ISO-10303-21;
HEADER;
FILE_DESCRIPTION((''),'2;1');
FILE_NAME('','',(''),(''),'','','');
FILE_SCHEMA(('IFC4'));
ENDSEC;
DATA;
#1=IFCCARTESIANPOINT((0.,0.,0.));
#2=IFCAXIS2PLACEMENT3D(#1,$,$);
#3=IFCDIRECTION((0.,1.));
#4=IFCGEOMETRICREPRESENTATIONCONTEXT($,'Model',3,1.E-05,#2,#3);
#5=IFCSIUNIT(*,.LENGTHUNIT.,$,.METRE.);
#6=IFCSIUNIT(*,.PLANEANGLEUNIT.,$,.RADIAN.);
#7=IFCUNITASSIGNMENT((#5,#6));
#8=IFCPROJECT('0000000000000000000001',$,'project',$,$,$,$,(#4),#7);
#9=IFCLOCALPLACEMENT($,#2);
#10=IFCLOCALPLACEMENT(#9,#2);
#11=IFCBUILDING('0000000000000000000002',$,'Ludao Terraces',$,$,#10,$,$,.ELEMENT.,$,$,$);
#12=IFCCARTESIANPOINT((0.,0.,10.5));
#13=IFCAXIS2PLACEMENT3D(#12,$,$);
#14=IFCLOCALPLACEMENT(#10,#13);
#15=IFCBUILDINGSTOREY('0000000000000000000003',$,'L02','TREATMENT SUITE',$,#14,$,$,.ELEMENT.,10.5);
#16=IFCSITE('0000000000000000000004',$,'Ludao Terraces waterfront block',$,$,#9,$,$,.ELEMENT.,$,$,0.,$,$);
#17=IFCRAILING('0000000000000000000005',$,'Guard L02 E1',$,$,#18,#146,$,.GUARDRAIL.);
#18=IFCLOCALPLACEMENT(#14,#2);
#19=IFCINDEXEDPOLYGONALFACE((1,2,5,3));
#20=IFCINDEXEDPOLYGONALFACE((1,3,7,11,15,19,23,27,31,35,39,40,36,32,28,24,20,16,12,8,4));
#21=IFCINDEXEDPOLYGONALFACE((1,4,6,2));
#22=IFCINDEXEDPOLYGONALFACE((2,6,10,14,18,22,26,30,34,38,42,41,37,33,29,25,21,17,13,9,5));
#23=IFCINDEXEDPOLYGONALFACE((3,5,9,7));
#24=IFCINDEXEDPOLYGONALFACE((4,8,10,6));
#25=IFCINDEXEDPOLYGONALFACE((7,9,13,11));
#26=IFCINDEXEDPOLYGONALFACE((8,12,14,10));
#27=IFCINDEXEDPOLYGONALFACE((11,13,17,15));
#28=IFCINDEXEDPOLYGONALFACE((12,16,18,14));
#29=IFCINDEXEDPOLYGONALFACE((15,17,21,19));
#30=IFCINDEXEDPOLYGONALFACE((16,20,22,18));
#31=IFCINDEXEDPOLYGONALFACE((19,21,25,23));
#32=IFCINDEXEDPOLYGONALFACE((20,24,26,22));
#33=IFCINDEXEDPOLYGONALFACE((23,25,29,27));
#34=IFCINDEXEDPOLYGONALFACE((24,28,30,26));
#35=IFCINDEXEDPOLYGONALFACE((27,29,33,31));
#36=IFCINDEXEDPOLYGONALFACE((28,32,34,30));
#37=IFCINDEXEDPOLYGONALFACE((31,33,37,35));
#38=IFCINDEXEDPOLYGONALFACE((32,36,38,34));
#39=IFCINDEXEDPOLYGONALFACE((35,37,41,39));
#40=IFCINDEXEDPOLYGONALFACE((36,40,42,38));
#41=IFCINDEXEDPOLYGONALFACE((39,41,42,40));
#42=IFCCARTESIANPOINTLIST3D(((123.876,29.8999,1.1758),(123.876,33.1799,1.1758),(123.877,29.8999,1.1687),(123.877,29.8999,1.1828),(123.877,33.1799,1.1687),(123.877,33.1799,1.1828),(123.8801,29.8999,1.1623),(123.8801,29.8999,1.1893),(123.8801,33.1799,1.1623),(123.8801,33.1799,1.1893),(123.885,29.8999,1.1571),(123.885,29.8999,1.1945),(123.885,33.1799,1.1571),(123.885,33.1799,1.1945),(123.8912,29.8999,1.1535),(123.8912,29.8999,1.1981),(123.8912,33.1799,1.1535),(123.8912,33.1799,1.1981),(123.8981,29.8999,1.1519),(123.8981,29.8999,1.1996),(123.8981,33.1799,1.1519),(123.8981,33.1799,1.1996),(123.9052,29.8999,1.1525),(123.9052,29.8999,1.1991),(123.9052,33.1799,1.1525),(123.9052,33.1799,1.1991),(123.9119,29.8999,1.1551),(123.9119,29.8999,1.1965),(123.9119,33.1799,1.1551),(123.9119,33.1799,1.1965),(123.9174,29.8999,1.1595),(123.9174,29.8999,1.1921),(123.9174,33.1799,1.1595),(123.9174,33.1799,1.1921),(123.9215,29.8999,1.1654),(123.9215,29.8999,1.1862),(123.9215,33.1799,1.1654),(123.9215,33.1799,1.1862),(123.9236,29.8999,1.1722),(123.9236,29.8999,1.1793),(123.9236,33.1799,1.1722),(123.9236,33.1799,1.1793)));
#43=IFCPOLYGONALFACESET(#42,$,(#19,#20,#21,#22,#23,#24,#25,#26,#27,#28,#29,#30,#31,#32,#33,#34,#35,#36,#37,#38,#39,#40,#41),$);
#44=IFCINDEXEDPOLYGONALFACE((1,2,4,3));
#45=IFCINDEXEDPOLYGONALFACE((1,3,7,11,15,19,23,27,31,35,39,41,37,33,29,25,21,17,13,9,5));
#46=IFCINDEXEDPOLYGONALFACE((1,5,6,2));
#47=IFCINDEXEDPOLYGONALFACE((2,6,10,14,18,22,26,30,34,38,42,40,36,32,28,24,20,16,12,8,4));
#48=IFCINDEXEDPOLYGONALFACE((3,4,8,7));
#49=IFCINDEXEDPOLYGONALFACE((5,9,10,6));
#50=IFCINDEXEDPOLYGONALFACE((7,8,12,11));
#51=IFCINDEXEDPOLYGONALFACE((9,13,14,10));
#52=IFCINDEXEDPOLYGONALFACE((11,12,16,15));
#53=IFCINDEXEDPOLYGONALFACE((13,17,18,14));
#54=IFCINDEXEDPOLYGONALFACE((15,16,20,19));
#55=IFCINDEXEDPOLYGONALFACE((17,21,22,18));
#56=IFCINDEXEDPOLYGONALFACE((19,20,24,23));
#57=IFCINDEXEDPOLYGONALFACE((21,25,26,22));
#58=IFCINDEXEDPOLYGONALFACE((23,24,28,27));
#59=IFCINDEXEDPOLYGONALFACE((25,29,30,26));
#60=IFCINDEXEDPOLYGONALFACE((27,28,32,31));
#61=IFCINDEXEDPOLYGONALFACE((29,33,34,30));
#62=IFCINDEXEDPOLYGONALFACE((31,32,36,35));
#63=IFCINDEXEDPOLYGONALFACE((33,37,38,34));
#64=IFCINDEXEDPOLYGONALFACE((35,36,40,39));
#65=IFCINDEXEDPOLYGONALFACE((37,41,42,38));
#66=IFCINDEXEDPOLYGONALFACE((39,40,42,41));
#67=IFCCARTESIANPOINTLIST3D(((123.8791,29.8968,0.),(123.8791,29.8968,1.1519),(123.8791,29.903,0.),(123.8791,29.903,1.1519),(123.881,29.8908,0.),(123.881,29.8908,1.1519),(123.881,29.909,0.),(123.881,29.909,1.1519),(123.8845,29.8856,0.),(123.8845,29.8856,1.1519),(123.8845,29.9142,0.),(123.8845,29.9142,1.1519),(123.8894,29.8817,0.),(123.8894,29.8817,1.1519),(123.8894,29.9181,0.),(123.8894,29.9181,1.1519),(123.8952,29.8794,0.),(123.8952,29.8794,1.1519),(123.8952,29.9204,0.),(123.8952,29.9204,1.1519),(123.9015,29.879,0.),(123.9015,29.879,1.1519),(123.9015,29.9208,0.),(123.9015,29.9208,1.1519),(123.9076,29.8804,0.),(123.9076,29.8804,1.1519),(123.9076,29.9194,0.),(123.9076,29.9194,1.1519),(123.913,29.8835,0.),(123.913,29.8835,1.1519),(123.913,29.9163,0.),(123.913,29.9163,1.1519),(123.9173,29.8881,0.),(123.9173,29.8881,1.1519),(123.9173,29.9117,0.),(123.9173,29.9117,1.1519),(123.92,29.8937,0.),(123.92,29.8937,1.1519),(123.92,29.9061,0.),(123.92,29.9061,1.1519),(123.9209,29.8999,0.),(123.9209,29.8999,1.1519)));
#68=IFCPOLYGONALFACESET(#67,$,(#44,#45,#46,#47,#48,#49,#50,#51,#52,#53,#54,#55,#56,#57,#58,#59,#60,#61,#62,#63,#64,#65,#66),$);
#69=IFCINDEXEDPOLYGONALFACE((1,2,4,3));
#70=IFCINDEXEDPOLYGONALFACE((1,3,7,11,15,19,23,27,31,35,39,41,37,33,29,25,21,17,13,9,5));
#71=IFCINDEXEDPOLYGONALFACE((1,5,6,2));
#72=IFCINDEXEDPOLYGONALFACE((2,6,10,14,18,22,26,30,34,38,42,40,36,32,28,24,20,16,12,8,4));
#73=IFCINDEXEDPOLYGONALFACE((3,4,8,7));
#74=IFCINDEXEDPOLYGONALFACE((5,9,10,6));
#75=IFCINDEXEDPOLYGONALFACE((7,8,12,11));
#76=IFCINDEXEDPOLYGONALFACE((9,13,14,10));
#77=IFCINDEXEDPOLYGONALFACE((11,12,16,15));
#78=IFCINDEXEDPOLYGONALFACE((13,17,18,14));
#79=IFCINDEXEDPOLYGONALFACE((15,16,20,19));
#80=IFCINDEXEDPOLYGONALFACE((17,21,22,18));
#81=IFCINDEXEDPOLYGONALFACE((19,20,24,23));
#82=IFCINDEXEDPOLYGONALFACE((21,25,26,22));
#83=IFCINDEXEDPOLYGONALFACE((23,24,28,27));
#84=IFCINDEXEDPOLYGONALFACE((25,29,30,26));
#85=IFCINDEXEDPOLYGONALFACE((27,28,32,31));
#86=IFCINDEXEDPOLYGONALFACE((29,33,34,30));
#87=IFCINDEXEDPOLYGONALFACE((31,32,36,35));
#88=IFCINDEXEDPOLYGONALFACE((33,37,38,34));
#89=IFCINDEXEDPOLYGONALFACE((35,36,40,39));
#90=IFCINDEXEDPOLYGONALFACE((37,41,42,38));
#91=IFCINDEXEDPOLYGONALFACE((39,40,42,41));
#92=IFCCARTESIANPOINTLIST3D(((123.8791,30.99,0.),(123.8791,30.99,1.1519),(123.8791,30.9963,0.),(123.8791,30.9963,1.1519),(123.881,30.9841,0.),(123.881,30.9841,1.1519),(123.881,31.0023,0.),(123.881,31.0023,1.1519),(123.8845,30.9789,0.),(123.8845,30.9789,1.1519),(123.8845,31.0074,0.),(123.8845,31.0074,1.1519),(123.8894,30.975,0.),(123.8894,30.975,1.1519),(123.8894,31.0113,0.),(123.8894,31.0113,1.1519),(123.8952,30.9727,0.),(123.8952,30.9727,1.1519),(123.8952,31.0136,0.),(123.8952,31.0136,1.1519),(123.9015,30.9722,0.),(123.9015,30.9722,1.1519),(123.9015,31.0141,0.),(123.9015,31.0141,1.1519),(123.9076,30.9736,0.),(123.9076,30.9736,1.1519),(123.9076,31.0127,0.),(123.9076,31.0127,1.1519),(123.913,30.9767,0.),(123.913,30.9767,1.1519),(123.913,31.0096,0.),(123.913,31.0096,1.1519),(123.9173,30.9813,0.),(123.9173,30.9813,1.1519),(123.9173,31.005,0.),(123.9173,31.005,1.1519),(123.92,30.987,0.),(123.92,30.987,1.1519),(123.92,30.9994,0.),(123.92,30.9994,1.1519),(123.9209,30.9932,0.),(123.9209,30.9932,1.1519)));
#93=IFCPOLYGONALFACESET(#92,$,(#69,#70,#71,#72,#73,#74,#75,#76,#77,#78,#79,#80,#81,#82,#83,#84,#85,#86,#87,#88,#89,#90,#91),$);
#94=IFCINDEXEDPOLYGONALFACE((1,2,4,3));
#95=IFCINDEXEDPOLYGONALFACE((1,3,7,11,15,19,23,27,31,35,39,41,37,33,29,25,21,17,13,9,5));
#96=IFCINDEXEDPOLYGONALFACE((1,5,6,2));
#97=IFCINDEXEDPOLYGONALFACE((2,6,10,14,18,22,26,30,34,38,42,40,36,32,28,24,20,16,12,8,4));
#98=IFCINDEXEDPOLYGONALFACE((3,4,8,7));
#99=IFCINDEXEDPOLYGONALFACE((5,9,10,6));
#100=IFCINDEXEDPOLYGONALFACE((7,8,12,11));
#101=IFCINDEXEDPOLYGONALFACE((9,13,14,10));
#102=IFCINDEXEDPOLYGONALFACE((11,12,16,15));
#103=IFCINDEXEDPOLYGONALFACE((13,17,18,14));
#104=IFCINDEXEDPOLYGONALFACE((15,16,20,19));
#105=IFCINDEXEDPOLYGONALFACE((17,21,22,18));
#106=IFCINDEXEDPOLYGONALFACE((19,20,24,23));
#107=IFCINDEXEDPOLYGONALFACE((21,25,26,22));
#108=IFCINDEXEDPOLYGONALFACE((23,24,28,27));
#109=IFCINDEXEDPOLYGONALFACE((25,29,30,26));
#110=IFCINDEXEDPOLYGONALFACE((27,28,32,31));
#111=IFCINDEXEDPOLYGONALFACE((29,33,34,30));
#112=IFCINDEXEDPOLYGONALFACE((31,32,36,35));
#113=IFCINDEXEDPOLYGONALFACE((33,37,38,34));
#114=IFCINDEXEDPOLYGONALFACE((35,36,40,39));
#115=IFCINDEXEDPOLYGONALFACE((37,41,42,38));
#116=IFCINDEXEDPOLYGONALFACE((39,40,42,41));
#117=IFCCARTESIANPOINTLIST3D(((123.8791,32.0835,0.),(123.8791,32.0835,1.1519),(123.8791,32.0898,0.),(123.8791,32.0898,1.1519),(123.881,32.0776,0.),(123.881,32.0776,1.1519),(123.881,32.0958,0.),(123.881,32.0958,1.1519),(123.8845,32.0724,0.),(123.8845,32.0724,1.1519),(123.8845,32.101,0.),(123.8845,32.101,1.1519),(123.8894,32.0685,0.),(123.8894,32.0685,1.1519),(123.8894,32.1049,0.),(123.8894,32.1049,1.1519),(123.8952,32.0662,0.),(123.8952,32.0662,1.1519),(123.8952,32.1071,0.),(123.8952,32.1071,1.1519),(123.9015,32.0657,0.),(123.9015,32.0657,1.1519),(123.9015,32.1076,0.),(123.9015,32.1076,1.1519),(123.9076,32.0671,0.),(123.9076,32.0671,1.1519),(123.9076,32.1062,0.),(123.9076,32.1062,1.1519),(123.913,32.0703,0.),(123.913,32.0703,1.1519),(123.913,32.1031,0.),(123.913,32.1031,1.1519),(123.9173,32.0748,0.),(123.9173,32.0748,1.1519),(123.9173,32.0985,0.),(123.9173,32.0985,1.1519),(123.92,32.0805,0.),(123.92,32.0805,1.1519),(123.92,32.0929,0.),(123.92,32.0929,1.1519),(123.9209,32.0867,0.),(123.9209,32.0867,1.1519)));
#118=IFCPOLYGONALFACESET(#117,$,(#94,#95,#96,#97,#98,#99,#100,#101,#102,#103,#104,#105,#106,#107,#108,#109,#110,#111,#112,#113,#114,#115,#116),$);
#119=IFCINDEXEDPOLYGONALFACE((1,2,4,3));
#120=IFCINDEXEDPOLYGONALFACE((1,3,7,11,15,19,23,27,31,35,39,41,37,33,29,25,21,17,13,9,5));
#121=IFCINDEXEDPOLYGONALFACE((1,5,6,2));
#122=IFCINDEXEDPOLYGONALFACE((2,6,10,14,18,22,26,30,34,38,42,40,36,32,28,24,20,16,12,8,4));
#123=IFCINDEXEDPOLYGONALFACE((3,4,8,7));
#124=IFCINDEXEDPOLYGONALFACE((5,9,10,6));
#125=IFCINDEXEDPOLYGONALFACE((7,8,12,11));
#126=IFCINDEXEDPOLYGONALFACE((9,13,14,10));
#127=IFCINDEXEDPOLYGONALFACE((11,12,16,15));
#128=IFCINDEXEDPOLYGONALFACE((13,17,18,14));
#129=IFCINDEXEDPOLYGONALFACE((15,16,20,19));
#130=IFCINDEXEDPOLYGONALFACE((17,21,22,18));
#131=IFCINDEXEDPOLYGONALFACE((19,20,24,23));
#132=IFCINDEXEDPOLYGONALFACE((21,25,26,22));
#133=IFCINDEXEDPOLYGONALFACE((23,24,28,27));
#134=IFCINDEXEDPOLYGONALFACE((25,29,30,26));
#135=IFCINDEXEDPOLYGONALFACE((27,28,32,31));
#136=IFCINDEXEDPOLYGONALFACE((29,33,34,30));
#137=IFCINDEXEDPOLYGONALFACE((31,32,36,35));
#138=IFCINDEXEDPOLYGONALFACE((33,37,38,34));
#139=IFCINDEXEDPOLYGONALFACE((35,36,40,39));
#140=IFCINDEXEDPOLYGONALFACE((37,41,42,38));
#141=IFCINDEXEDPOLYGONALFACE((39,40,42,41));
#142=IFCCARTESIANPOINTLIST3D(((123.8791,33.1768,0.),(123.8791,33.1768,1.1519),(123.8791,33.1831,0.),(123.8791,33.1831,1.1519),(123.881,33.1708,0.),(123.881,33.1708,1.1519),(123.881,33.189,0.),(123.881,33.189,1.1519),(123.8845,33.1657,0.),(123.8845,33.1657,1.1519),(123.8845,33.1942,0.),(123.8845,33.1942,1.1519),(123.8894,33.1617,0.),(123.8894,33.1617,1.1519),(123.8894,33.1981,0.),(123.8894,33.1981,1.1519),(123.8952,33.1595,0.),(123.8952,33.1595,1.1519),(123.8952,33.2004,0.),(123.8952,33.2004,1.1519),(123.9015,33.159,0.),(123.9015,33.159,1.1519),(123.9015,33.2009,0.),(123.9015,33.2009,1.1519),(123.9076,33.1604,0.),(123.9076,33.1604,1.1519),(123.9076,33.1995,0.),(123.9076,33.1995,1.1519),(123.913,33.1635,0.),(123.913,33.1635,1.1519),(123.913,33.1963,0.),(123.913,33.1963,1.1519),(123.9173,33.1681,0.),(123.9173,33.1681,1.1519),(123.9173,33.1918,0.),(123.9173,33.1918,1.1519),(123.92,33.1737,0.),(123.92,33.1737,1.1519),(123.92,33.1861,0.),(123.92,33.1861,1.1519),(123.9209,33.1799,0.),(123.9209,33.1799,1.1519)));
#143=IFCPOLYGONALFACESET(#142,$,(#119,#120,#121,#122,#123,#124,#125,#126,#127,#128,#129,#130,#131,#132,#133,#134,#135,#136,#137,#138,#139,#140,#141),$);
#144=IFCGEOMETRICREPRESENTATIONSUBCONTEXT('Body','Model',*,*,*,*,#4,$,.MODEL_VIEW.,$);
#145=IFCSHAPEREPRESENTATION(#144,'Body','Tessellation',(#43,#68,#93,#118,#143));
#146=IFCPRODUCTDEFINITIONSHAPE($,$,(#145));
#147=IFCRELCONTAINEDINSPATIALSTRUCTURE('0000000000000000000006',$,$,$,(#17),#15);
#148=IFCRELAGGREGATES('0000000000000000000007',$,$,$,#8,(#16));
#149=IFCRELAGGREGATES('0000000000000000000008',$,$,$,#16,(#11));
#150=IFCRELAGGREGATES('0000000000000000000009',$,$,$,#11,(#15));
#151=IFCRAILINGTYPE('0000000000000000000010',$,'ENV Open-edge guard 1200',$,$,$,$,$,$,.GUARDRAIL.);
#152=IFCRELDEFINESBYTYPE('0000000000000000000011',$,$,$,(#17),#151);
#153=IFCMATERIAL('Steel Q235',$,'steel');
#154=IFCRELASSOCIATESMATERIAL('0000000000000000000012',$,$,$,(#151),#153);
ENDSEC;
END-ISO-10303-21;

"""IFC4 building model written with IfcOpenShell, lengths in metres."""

from ifc_helpers import new_model, si_unit, direction, frame, origin, origin_2d, place, context, subcontext, project, spatial, circle, extrude, material, type_object, element, save


model = new_model("IFC4")

# Units and contexts
model_context = context("Model", 3, precision=1e-05, world=origin(), true_north=direction((0.0, 1.0)))
body_context = subcontext(model_context, "Body", "Model", "MODEL_VIEW")
ifc_project = project(units=[si_unit("LENGTHUNIT", "METRE"), si_unit("PLANEANGLEUNIT", "RADIAN")], contexts=[model_context])

# Site, building, storey
site_placement = place(None, origin())
site = spatial("IfcSite", under=ifc_project, at=site_placement, Name="Ludao Terraces waterfront block", CompositionType="ELEMENT", RefElevation=0.0)
building_placement = place(site_placement, origin())
building = spatial("IfcBuilding", under=site, at=building_placement, Name="Ludao Terraces", CompositionType="ELEMENT")
storey_placement = place(building_placement, frame((0.0, 0.0, 10.5)))
storey = spatial("IfcBuildingStorey", under=building, at=storey_placement, Name="L02", Description="TREATMENT SUITE", CompositionType="ELEMENT", Elevation=10.5)

# Shared definitions
ifc_material_1 = material(Name="Steel Q235", Category="steel")

# Railing
railing_type = type_object("IfcRailingType", Name="ENV Open-edge guard 1200", PredefinedType="GUARDRAIL", material=ifc_material_1)
railing_1_placement = place(storey_placement, frame((123.8999, 29.8999, 0.0)))
element("IfcRailing", 1, at=railing_1_placement, inside=storey, type_object=railing_type, Name="Guard L02 E1", PredefinedType="GUARDRAIL", context=body_context, shape_type="SweptSolid", body=[
    extrude(circle(Radius=0.0239, at=origin_2d()), frame((0.0, 0.0, 1.1758), z_axis=(0.0, 1.0, 0.0), x_axis=(-1.0, 0.0, 0.0)), (0.0, 0.0, 1.0), 3.28),
    extrude(circle(Radius=0.021, at=origin_2d()), origin(), (0.0, 0.0, 1.0), 1.1519),
    extrude(circle(Radius=0.021, at=origin_2d()), frame((0.0, 1.0933, 0.0)), (0.0, 0.0, 1.0), 1.1519),
    extrude(circle(Radius=0.021, at=origin_2d()), frame((0.0, 2.1868, 0.0)), (0.0, 0.0, 1.0), 1.1519),
    extrude(circle(Radius=0.021, at=origin_2d()), frame((0.0, 3.28, 0.0)), (0.0, 0.0, 1.0), 1.1519),
])

save(model, "model.ifc")
